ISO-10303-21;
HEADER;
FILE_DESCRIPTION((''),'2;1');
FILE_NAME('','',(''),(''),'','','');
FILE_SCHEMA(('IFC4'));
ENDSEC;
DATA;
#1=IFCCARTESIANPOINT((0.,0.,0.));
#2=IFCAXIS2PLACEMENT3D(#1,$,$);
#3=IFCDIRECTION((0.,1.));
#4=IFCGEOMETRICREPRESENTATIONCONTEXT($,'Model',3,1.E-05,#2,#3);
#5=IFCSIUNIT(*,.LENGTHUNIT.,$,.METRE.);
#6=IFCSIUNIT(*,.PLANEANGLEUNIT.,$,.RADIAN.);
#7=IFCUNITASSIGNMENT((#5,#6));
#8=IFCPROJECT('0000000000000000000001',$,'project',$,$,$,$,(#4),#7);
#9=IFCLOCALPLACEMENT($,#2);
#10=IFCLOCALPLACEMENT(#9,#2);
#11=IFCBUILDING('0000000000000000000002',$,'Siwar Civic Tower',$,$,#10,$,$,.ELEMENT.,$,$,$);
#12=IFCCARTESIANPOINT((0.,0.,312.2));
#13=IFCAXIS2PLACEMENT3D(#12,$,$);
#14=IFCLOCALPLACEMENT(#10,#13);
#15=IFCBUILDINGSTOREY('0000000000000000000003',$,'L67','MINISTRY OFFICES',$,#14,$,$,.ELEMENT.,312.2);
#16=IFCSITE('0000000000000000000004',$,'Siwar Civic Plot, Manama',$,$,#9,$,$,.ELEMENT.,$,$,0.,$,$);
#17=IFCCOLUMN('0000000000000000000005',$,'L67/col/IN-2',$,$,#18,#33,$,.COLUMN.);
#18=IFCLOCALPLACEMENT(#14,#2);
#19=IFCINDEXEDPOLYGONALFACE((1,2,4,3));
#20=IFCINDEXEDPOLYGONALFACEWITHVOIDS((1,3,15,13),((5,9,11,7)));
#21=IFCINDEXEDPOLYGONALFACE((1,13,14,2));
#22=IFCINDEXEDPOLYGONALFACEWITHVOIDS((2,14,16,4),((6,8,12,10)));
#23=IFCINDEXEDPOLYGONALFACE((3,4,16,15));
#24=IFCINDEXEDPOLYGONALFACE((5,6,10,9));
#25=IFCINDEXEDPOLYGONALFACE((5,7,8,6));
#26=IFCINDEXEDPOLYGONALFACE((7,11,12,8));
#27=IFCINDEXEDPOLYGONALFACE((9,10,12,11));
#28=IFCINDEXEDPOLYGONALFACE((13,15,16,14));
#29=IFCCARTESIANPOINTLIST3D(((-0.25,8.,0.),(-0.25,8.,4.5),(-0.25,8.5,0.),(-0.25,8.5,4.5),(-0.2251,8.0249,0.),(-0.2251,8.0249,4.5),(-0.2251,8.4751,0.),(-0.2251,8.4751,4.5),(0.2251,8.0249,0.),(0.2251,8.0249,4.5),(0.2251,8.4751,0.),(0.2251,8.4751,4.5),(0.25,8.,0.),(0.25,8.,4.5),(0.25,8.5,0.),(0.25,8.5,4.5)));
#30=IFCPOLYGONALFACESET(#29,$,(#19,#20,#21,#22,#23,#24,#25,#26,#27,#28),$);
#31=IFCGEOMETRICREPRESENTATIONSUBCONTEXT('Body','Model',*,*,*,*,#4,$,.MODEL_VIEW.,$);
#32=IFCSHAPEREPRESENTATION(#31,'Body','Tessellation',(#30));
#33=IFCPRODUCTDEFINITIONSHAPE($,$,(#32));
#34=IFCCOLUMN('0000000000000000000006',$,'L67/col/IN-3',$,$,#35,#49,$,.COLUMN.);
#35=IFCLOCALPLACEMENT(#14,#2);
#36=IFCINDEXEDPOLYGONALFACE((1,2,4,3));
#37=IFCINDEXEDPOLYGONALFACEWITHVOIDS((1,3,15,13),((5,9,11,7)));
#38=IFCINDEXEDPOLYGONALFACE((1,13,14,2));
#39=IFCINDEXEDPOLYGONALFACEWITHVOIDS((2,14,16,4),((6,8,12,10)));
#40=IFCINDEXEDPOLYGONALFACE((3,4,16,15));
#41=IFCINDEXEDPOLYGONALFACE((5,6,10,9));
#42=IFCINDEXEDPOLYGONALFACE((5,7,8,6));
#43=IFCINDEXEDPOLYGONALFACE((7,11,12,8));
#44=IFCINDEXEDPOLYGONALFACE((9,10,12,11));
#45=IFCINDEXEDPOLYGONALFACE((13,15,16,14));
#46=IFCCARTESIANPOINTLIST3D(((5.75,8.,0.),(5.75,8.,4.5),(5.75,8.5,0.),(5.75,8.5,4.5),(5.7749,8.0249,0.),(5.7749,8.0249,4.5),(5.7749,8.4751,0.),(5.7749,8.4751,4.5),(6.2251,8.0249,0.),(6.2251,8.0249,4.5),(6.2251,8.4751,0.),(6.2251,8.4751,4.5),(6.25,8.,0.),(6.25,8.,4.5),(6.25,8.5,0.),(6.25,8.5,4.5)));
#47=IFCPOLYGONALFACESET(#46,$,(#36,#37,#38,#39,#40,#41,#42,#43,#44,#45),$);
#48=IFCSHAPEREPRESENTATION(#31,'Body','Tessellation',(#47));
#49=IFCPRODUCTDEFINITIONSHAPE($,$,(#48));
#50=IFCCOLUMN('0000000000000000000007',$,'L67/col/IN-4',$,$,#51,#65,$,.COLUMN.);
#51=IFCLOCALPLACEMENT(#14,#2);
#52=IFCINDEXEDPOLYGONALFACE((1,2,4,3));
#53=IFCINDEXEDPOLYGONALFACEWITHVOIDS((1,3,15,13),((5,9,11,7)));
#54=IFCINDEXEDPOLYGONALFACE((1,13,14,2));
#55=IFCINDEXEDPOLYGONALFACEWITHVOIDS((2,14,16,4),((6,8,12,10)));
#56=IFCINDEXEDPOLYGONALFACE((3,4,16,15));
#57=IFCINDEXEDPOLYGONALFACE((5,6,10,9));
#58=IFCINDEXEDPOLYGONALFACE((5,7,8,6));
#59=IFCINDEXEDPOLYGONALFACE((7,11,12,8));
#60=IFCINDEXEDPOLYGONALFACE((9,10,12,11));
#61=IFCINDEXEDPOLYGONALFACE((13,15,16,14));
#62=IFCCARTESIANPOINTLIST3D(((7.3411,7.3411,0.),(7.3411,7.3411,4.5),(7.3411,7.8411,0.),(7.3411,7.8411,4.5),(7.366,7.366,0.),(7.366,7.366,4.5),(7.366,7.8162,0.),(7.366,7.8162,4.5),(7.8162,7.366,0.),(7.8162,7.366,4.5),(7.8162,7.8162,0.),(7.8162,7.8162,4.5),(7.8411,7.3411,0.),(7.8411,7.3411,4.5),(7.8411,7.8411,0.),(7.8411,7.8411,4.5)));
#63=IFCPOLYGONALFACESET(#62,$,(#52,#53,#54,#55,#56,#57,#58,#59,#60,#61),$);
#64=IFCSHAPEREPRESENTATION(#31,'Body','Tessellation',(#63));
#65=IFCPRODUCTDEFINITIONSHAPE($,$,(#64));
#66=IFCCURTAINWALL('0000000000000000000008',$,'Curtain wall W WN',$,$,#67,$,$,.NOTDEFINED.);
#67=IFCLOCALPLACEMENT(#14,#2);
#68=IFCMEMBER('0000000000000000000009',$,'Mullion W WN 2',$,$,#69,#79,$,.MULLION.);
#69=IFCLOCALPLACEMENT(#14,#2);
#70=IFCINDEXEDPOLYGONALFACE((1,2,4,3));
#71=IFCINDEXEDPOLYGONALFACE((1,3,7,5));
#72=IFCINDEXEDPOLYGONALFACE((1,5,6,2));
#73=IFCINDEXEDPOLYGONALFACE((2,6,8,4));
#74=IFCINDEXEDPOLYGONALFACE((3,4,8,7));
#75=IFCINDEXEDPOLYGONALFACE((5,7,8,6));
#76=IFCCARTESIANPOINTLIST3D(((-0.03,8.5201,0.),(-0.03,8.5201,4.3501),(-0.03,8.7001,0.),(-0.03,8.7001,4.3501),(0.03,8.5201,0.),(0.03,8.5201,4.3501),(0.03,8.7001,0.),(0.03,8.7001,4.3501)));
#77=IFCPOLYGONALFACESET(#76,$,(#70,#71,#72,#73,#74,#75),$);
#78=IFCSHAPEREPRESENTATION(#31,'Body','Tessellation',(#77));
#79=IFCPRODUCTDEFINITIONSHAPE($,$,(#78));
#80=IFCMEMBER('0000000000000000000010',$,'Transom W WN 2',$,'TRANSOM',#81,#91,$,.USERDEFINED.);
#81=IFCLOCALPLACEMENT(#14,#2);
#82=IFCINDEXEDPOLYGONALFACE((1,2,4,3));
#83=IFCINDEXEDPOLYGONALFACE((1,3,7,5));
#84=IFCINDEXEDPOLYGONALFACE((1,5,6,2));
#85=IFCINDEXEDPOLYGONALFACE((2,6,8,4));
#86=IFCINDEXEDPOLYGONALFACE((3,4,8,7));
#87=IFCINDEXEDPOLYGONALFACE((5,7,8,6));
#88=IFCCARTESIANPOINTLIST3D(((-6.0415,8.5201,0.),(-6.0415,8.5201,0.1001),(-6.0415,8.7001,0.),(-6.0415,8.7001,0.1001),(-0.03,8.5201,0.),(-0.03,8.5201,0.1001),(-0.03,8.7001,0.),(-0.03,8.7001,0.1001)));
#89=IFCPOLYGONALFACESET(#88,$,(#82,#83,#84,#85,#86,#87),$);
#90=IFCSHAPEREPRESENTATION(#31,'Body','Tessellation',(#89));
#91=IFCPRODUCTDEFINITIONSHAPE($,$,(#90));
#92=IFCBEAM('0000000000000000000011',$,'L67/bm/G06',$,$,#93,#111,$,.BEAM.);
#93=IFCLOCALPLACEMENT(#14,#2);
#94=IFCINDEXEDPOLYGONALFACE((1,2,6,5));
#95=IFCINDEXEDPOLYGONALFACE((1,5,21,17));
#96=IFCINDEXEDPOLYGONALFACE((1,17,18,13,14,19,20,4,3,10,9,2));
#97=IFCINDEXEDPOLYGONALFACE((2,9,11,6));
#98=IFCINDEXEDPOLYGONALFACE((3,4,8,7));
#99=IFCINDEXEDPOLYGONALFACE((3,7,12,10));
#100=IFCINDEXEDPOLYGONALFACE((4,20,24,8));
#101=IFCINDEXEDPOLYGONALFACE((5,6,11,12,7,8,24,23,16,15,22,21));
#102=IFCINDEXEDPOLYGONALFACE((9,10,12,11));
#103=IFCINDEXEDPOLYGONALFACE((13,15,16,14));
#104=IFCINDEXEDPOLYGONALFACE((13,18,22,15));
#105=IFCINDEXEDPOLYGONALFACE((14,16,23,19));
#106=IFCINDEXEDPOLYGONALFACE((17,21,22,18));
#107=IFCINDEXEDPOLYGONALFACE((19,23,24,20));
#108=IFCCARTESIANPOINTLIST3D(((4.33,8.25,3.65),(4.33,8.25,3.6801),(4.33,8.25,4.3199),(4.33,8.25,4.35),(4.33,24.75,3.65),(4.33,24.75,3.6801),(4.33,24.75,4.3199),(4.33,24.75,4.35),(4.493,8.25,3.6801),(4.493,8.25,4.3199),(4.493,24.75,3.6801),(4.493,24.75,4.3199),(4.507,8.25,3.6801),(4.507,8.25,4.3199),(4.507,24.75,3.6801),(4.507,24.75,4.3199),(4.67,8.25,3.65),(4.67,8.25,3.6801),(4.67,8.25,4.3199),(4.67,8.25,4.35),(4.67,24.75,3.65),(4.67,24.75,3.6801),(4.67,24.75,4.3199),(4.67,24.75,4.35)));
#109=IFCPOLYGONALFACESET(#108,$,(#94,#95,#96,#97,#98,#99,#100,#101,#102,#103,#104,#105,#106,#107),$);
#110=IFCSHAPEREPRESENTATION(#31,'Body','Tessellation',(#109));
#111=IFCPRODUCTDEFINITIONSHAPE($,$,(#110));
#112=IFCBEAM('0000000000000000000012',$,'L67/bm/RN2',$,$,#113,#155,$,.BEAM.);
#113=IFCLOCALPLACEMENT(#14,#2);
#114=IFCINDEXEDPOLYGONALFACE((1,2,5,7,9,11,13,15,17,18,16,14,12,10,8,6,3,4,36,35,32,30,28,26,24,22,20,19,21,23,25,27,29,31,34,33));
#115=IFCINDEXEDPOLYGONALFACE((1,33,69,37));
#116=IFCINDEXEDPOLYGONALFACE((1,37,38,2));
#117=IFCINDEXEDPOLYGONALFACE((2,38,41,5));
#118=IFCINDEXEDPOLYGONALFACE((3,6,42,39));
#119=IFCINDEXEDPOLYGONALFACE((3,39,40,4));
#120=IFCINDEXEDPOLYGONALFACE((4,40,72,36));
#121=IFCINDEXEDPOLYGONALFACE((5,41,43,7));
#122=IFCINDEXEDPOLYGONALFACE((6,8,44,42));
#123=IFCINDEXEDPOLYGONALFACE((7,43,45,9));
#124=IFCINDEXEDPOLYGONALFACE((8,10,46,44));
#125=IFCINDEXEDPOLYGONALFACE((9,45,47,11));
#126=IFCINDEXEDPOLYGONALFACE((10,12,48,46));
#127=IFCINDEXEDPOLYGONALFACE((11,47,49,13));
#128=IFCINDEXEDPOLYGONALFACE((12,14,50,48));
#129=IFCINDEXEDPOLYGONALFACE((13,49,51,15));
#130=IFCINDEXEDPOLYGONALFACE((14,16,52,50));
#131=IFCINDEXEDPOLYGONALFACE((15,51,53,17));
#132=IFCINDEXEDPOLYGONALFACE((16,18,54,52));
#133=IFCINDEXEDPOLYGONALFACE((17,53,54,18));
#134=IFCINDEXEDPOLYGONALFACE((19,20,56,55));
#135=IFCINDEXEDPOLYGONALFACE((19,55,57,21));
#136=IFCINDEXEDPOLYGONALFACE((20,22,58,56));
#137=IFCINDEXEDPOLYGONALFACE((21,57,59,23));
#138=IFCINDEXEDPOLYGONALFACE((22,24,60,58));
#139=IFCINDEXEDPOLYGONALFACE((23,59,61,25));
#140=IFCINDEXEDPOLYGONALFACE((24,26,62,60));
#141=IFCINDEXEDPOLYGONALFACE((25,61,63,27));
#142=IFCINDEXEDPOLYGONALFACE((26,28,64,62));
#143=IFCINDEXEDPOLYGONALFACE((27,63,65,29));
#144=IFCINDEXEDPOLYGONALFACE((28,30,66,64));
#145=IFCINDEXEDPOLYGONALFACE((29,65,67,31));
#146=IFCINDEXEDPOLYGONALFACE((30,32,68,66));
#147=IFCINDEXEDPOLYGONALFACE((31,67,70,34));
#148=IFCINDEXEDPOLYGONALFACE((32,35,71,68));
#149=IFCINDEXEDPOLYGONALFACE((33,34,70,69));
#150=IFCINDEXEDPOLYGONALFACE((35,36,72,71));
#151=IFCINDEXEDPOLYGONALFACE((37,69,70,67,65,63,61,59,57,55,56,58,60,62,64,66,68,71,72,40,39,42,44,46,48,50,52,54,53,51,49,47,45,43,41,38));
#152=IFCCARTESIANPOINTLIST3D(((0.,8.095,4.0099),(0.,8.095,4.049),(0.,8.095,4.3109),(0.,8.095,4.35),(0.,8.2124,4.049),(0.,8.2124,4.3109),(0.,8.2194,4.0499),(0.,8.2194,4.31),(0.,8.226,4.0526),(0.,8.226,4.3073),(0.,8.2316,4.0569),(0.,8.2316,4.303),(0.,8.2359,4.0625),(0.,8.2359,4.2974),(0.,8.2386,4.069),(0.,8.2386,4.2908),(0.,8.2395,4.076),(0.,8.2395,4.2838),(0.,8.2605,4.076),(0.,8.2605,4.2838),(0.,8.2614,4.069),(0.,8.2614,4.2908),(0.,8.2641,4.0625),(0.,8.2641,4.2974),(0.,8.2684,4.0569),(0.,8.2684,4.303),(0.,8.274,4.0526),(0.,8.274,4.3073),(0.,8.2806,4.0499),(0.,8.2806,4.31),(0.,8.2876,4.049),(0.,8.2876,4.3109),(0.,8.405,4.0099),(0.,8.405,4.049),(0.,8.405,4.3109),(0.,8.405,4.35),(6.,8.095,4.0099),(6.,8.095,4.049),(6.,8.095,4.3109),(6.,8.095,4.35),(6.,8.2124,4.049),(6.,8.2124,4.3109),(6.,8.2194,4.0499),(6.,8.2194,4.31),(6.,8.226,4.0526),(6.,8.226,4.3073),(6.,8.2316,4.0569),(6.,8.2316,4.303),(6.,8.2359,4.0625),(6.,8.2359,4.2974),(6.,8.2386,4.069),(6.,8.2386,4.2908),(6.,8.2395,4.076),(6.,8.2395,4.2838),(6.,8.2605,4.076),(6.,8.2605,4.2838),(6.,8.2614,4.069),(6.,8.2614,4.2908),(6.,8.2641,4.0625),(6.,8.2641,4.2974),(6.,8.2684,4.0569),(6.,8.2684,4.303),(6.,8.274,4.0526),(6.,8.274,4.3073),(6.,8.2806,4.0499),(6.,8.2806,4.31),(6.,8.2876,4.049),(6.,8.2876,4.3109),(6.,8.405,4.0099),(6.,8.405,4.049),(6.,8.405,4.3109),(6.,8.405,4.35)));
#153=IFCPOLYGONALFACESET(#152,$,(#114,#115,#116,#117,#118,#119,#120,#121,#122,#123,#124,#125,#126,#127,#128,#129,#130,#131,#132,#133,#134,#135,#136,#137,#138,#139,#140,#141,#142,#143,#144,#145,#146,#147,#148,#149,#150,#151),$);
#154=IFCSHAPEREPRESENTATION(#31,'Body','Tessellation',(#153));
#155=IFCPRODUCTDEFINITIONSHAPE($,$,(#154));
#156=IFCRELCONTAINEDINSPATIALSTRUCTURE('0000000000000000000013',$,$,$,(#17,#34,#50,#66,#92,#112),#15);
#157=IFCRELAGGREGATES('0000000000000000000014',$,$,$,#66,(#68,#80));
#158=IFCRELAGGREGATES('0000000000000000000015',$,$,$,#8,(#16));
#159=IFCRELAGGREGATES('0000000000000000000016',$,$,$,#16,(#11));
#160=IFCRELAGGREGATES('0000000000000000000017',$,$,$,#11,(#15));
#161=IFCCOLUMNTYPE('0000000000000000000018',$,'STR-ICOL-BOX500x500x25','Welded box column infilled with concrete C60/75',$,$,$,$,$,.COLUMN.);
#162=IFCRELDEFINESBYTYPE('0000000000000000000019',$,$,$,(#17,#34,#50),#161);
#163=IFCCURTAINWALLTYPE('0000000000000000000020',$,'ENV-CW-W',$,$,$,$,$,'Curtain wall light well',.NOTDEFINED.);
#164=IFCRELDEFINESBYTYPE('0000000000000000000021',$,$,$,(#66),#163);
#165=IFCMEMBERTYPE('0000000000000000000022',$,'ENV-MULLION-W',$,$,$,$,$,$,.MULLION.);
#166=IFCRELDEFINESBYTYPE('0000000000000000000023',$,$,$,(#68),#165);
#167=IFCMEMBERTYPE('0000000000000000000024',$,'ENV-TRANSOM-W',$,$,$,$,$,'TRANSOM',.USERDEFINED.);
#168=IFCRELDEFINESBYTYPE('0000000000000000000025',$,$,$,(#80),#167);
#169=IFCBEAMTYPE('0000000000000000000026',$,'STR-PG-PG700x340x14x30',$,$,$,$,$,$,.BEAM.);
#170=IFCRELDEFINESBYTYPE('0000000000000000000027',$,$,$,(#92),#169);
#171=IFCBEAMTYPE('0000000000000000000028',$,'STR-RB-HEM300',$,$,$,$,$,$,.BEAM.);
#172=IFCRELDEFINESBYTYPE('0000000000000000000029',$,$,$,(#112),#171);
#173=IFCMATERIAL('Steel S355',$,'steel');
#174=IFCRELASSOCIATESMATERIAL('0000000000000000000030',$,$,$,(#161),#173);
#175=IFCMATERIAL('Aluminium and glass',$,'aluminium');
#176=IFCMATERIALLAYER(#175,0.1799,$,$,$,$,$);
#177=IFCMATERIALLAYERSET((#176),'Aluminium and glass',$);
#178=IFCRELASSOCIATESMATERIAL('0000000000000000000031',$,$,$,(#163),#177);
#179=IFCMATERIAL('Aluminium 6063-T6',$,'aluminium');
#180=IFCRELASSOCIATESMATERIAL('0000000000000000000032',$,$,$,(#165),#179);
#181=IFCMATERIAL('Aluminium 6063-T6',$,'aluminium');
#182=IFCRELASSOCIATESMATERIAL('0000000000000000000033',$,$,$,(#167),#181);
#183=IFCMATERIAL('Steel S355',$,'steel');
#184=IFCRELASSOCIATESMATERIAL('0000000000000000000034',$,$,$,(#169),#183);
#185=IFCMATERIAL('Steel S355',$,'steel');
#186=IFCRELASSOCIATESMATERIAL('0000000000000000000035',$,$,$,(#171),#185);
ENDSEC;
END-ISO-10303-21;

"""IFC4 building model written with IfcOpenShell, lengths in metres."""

from ifc_helpers import new_model, si_unit, direction, frame, origin, origin_2d, place, context, subcontext, project, spatial, rectangle, hollow_rectangle, i_section, extrude, material, layer, layer_set, material_profile, profile_set, type_object, element, aggregate, save


model = new_model("IFC4")

# Units and contexts
model_context = context("Model", 3, precision=1e-05, world=origin(), true_north=direction((0.0, 1.0)))
body_context = subcontext(model_context, "Body", "Model", "MODEL_VIEW")
ifc_project = project(units=[si_unit("LENGTHUNIT", "METRE"), si_unit("PLANEANGLEUNIT", "RADIAN")], contexts=[model_context])

# Site, building, storey
site_placement = place(None, origin())
site = spatial("IfcSite", under=ifc_project, at=site_placement, Name="Siwar Civic Plot, Manama", CompositionType="ELEMENT", RefElevation=0.0)
building_placement = place(site_placement, origin())
building = spatial("IfcBuilding", under=site, at=building_placement, Name="Siwar Civic Tower", CompositionType="ELEMENT")
storey_placement = place(building_placement, frame((0.0, 0.0, 312.2)))
storey = spatial("IfcBuildingStorey", under=building, at=storey_placement, Name="L67", Description="MINISTRY OFFICES", CompositionType="ELEMENT", Elevation=312.2)

# Columns
ifc_material_1 = material(Name="Steel S355", Category="steel")
ifc_material_profile_1 = material_profile(ifc_material_1, hollow_rectangle(XDim=0.5, YDim=0.5, WallThickness=0.0249, at=origin_2d()), Name="BOX500x500x25")
ifc_profile_set_1 = profile_set([ifc_material_profile_1], Name="Steel S355")
column_type = type_object("IfcColumnType", Name="STR-ICOL-BOX500x500x25", Description="Welded box column infilled with concrete C60/75", PredefinedType="COLUMN", material=ifc_profile_set_1)
for number, where, z_axis, x_axis, name in (
    (1, (0.0, 8.25, 0.0), (0.0, 0.0, 1.0), (1.0, 0.0, 0.0), "L67/col/IN-2"),
    (2, (6.0, 8.25, 0.0), (0.0, 0.0, 1.0), (1.0, 0.0, 0.0), "L67/col/IN-3"),
    (3, (7.5911, 7.5911, 0.0), (0.0, 0.0, 1.0), (1.0, 0.0, 0.0), "L67/col/IN-4"),
):
    element("IfcColumn", number, at=place(storey_placement, frame(where, z_axis=z_axis, x_axis=x_axis)), inside=storey, type_object=column_type, Name=name, PredefinedType="COLUMN", context=body_context, shape_type="SweptSolid", body=[
        extrude(hollow_rectangle(XDim=0.5, YDim=0.5, WallThickness=0.0249, at=origin_2d()), origin(), (0.0, 0.0, 1.0), 4.5),
    ])

# Curtain wall, members
ifc_material_2 = material(Name="Aluminium and glass", Category="aluminium")
ifc_layer_1 = layer(ifc_material_2, 0.1799)
ifc_layer_set_1 = layer_set([ifc_layer_1], Name="Aluminium and glass")
curtain_wall_type = type_object("IfcCurtainWallType", Name="ENV-CW-W", ElementType="Curtain wall light well", PredefinedType="NOTDEFINED", material=ifc_layer_set_1)
curtain_wall_placement = place(storey_placement, origin())
curtain_wall = element("IfcCurtainWall", 4, at=curtain_wall_placement, inside=storey, type_object=curtain_wall_type, Name="Curtain wall W WN", PredefinedType="NOTDEFINED")
ifc_material_3 = material(Name="Aluminium 6063-T6", Category="aluminium")
ifc_material_profile_2 = material_profile(ifc_material_3, rectangle(XDim=0.1799, YDim=0.0601, at=origin_2d()), Name="AL 180x60")
ifc_profile_set_2 = profile_set([ifc_material_profile_2], Name="Aluminium 6063-T6")
member_type_1 = type_object("IfcMemberType", Name="ENV-MULLION-W", PredefinedType="MULLION", material=ifc_profile_set_2)
member_1_placement = place(storey_placement, frame((0.0, 8.6101, 0.0), z_axis=(0.0, 0.0, 1.0), x_axis=(0.0, -1.0, 0.0)))
member_1 = element("IfcMember", 5, at=member_1_placement, type_object=member_type_1, Name="Mullion W WN 2", PredefinedType="MULLION", context=body_context, shape_type="SweptSolid", body=[
    extrude(rectangle(XDim=0.1799, YDim=0.0601, at=origin_2d()), origin(), (0.0, 0.0, 1.0), 4.3501),
])
ifc_material_4 = material(Name="Aluminium 6063-T6", Category="aluminium")
ifc_material_profile_3 = material_profile(ifc_material_4, rectangle(XDim=0.1799, YDim=0.1001, at=origin_2d()), Name="AL 180x100")
ifc_profile_set_3 = profile_set([ifc_material_profile_3], Name="Aluminium 6063-T6")
member_type_2 = type_object("IfcMemberType", Name="ENV-TRANSOM-W", ElementType="TRANSOM", PredefinedType="USERDEFINED", material=ifc_profile_set_3)
member_2_placement = place(storey_placement, frame((-0.03, 8.6101, 0.05), z_axis=(-1.0, 0.0, 0.0), x_axis=(0.0, -1.0, 0.0)))
member_2 = element("IfcMember", 6, at=member_2_placement, type_object=member_type_2, Name="Transom W WN 2", ObjectType="TRANSOM", PredefinedType="USERDEFINED", context=body_context, shape_type="SweptSolid", body=[
    extrude(rectangle(XDim=0.1799, YDim=0.1001, at=origin_2d()), origin(), (0.0, 0.0, 1.0), 6.0115),
])

# Beams
ifc_material_5 = material(Name="Steel S355", Category="steel")
ifc_material_profile_4 = material_profile(ifc_material_5, i_section(OverallWidth=0.3401, OverallDepth=0.7, WebThickness=0.0139, FlangeThickness=0.03, at=origin_2d()), Name="PG700x340x14x30")
ifc_profile_set_4 = profile_set([ifc_material_profile_4], Name="Steel S355")
beam_type_1 = type_object("IfcBeamType", Name="STR-PG-PG700x340x14x30", PredefinedType="BEAM", material=ifc_profile_set_4)
beam_1_placement = place(storey_placement, frame((4.5, 8.25, 4.0), z_axis=(0.0, 1.0, 0.0), x_axis=(-1.0, 0.0, 0.0)))
element("IfcBeam", 7, at=beam_1_placement, inside=storey, type_object=beam_type_1, Name="L67/bm/G06", PredefinedType="BEAM", context=body_context, shape_type="SweptSolid", body=[
    extrude(i_section(OverallWidth=0.3401, OverallDepth=0.7, WebThickness=0.0139, FlangeThickness=0.03, at=origin_2d()), origin(), (0.0, 0.0, 1.0), 16.5),
])
ifc_material_6 = material(Name="Steel S355", Category="steel")
ifc_material_profile_5 = material_profile(ifc_material_6, i_section(OverallWidth=0.3101, OverallDepth=0.3401, WebThickness=0.021, FlangeThickness=0.0391, FilletRadius=0.0271, at=origin_2d()), Name="HEM300")
ifc_profile_set_5 = profile_set([ifc_material_profile_5], Name="Steel S355")
beam_type_2 = type_object("IfcBeamType", Name="STR-RB-HEM300", PredefinedType="BEAM", material=ifc_profile_set_5)
beam_2_placement = place(storey_placement, frame((0.0, 8.25, 4.1799), z_axis=(1.0, 0.0, 0.0), x_axis=(0.0, 1.0, 0.0)))
element("IfcBeam", 8, at=beam_2_placement, inside=storey, type_object=beam_type_2, Name="L67/bm/RN2", PredefinedType="BEAM", context=body_context, shape_type="SweptSolid", body=[
    extrude(i_section(OverallWidth=0.3101, OverallDepth=0.3401, WebThickness=0.021, FlangeThickness=0.0391, FilletRadius=0.0271, at=origin_2d()), origin(), (0.0, 0.0, 1.0), 6.0),
])

aggregate(curtain_wall, [member_1, member_2])

save(model, "model.ifc")
